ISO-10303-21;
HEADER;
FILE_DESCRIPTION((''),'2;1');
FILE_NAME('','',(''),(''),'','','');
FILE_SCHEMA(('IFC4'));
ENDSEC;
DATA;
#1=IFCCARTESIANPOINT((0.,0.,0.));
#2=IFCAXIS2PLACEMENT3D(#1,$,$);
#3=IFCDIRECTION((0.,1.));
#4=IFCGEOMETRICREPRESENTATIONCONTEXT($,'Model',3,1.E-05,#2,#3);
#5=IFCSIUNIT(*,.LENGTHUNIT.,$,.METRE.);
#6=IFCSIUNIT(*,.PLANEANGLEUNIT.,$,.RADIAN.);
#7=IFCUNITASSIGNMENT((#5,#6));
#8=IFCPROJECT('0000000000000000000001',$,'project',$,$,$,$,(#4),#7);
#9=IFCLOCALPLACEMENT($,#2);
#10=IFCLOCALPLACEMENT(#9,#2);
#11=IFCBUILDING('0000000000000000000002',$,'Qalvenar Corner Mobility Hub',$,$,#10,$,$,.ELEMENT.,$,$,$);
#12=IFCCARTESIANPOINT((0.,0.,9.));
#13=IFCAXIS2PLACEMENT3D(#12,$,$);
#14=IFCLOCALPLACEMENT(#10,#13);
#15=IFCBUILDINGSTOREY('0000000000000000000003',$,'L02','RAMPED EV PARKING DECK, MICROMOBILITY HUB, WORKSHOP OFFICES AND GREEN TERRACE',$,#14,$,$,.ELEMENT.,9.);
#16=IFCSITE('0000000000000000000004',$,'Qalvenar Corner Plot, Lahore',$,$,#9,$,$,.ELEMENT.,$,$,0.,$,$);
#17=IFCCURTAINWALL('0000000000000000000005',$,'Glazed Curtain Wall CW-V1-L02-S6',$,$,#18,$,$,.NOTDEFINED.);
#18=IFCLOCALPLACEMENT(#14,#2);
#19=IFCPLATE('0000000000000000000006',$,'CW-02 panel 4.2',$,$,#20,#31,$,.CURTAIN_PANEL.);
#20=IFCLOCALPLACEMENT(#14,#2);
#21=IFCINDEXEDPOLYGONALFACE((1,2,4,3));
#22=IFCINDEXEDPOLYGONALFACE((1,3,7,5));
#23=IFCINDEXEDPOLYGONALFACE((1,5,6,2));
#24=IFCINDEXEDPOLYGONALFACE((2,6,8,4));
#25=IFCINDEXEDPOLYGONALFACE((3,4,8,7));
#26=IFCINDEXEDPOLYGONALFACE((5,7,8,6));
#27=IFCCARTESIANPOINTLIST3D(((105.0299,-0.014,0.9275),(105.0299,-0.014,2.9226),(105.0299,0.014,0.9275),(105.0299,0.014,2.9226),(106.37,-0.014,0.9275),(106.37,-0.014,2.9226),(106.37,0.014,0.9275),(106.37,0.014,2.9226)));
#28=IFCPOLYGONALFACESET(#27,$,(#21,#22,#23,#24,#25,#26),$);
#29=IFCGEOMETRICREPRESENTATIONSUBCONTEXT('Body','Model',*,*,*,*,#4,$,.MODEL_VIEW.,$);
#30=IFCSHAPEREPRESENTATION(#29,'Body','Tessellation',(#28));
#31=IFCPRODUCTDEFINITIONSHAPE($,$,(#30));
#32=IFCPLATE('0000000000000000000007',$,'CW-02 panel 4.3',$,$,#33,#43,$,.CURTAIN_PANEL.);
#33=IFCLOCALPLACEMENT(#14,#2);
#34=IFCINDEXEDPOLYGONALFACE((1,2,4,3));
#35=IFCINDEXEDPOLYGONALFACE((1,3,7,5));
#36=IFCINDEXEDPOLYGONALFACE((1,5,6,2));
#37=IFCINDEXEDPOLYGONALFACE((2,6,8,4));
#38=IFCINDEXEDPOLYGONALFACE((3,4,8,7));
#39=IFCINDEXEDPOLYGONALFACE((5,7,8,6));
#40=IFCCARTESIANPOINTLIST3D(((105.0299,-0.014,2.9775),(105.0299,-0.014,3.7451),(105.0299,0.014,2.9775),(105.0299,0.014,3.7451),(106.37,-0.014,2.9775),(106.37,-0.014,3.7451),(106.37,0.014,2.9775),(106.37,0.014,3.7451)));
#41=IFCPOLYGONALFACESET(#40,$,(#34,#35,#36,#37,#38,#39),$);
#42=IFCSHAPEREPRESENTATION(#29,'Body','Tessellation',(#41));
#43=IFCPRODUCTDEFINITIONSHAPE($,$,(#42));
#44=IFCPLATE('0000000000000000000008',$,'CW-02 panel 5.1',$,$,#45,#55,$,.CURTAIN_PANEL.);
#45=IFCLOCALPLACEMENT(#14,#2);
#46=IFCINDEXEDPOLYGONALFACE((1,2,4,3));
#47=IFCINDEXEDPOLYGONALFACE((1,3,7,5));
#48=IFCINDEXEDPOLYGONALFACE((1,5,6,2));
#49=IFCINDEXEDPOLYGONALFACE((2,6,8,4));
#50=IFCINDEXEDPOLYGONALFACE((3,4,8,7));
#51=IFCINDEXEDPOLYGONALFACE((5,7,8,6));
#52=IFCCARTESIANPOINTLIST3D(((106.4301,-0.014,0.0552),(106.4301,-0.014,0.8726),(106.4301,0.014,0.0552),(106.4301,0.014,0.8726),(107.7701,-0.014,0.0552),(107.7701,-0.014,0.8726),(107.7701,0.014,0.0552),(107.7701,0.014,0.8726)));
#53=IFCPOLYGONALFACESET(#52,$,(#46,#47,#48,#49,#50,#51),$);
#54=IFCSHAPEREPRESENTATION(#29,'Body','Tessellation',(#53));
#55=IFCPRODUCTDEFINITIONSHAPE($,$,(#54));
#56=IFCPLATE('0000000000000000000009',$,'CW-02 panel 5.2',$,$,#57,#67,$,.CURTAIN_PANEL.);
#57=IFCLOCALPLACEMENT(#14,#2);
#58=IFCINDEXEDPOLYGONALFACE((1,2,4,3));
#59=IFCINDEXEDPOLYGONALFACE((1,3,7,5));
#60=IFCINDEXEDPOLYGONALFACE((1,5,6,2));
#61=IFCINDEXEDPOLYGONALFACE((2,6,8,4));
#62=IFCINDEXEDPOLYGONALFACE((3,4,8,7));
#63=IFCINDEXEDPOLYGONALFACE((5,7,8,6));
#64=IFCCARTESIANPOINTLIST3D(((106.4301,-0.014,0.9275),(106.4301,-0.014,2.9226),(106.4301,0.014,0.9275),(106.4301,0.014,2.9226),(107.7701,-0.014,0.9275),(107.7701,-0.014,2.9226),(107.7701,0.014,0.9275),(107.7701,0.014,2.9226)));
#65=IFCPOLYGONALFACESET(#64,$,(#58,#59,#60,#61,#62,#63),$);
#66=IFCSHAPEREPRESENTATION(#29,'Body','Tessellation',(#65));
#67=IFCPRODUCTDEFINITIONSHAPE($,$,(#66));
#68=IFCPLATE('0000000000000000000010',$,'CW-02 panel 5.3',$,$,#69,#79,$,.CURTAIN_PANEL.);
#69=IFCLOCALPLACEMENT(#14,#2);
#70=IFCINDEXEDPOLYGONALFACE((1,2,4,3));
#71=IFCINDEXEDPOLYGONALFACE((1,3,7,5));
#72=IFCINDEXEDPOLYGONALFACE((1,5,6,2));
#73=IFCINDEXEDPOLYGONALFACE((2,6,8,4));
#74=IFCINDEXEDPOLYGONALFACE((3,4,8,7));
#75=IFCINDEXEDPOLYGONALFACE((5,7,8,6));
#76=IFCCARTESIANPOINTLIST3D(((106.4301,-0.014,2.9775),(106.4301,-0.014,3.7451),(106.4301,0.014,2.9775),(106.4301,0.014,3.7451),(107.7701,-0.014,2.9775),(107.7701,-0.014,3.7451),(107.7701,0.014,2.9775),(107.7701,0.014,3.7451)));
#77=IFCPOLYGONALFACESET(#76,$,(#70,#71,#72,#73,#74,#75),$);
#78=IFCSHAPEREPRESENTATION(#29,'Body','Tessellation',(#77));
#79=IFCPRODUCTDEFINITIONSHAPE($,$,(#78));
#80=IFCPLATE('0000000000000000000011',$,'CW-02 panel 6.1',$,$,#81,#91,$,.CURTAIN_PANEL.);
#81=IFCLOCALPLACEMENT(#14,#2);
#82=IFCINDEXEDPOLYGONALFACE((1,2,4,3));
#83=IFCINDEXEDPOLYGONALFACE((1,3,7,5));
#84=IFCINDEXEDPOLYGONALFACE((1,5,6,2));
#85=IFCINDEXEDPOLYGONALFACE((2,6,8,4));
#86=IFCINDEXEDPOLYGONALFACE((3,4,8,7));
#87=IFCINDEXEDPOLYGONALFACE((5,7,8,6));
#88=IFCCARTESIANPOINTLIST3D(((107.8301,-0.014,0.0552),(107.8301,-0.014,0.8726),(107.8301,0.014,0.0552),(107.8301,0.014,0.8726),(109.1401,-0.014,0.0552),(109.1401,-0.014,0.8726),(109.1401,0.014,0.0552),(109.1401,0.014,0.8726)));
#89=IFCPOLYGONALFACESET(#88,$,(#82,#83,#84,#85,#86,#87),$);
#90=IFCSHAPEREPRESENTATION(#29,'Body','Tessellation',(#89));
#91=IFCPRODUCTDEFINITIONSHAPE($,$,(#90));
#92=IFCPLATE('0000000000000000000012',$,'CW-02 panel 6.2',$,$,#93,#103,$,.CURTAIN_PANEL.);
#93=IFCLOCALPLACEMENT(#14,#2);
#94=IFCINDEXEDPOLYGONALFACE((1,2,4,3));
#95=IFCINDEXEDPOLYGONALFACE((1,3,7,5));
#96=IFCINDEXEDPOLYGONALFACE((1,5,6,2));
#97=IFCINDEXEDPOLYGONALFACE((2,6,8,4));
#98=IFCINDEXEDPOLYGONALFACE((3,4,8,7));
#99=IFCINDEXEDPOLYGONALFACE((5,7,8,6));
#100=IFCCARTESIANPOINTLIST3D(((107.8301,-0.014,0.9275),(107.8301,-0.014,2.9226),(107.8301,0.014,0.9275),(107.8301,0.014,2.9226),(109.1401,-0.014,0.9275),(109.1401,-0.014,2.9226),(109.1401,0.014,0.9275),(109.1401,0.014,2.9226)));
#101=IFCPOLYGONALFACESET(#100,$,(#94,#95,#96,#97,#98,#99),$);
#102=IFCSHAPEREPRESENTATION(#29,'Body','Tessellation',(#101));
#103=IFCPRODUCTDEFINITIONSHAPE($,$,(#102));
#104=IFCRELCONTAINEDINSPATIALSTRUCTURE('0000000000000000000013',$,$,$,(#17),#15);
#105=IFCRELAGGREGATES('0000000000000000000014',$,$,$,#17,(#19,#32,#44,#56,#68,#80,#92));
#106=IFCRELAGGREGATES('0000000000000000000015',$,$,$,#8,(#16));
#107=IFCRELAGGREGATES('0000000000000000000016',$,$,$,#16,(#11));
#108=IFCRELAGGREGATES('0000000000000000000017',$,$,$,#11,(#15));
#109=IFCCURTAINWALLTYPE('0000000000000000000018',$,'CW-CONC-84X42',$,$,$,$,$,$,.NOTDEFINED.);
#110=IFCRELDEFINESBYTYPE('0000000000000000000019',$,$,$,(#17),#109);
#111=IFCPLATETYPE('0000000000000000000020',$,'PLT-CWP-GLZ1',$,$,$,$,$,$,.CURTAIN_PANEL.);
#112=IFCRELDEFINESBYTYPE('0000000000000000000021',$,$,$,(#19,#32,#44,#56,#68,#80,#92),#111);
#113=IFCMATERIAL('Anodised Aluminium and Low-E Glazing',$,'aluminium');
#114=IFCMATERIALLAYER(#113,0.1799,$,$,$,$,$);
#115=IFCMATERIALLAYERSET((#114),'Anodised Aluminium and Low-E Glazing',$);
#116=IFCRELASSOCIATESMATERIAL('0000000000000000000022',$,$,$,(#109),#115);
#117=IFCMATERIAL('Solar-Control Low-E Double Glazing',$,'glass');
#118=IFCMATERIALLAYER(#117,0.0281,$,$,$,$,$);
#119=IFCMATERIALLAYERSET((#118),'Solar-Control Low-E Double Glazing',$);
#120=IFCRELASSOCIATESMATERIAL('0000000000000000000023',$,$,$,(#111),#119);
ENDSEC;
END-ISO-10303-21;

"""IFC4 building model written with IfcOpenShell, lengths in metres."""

from ifc_helpers import new_model, si_unit, direction, frame, origin, origin_2d, place, context, subcontext, project, spatial, rectangle, extrude, material, layer, layer_set, type_object, element, aggregate, save


model = new_model("IFC4")

# Units and contexts
model_context = context("Model", 3, precision=1e-05, world=origin(), true_north=direction((0.0, 1.0)))
body_context = subcontext(model_context, "Body", "Model", "MODEL_VIEW")
ifc_project = project(units=[si_unit("LENGTHUNIT", "METRE"), si_unit("PLANEANGLEUNIT", "RADIAN")], contexts=[model_context])

# Site, building, storey
site_placement = place(None, origin())
site = spatial("IfcSite", under=ifc_project, at=site_placement, Name="Qalvenar Corner Plot, Lahore", CompositionType="ELEMENT", RefElevation=0.0)
building_placement = place(site_placement, origin())
building = spatial("IfcBuilding", under=site, at=building_placement, Name="Qalvenar Corner Mobility Hub", CompositionType="ELEMENT")
storey_placement = place(building_placement, frame((0.0, 0.0, 9.0)))
storey = spatial("IfcBuildingStorey", under=building, at=storey_placement, Name="L02", Description="RAMPED EV PARKING DECK, MICROMOBILITY HUB, WORKSHOP OFFICES AND GREEN TERRACE", CompositionType="ELEMENT", Elevation=9.0)

# Curtain wall, plates
ifc_material_1 = material(Name="Anodised Aluminium and Low-E Glazing", Category="aluminium")
ifc_layer_1 = layer(ifc_material_1, 0.1799)
ifc_layer_set_1 = layer_set([ifc_layer_1], Name="Anodised Aluminium and Low-E Glazing")
curtain_wall_type = type_object("IfcCurtainWallType", Name="CW-CONC-84X42", PredefinedType="NOTDEFINED", material=ifc_layer_set_1)
curtain_wall_placement = place(storey_placement, origin())
curtain_wall = element("IfcCurtainWall", 1, at=curtain_wall_placement, inside=storey, type_object=curtain_wall_type, Name="Glazed Curtain Wall CW-V1-L02-S6", PredefinedType="NOTDEFINED")
ifc_material_2 = material(Name="Solar-Control Low-E Double Glazing", Category="glass")
ifc_layer_2 = layer(ifc_material_2, 0.0281)
ifc_layer_set_2 = layer_set([ifc_layer_2], Name="Solar-Control Low-E Double Glazing")
plate_type = type_object("IfcPlateType", Name="PLT-CWP-GLZ1", PredefinedType="CURTAIN_PANEL", material=ifc_layer_set_2)
plate_1_placement = place(storey_placement, frame((105.7, 0.0, 0.9275), z_axis=(0.0, 0.0, 1.0), x_axis=(1.0, 0.0, 0.0)))
plate_1 = element("IfcPlate", 2, at=plate_1_placement, type_object=plate_type, Name="CW-02 panel 4.2", PredefinedType="CURTAIN_PANEL", context=body_context, shape_type="SweptSolid", body=[
    extrude(rectangle(XDim=1.3401, YDim=0.0281, at=origin_2d()), origin(), (0.0, 0.0, 1.0), 1.9951),
])
plate_2_placement = place(storey_placement, frame((105.7, 0.0, 2.9775), z_axis=(0.0, 0.0, 1.0), x_axis=(1.0, 0.0, 0.0)))
plate_2 = element("IfcPlate", 3, at=plate_2_placement, type_object=plate_type, Name="CW-02 panel 4.3", PredefinedType="CURTAIN_PANEL", context=body_context, shape_type="SweptSolid", body=[
    extrude(rectangle(XDim=1.3401, YDim=0.0281, at=origin_2d()), origin(), (0.0, 0.0, 1.0), 0.7676),
])
plate_3_placement = place(storey_placement, frame((107.1001, 0.0, 0.0552), z_axis=(0.0, 0.0, 1.0), x_axis=(1.0, 0.0, 0.0)))
plate_3 = element("IfcPlate", 4, at=plate_3_placement, type_object=plate_type, Name="CW-02 panel 5.1", PredefinedType="CURTAIN_PANEL", context=body_context, shape_type="SweptSolid", body=[
    extrude(rectangle(XDim=1.3401, YDim=0.0281, at=origin_2d()), origin(), (0.0, 0.0, 1.0), 0.8174),
])
plate_4_placement = place(storey_placement, frame((107.1001, 0.0, 0.9275), z_axis=(0.0, 0.0, 1.0), x_axis=(1.0, 0.0, 0.0)))
plate_4 = element("IfcPlate", 5, at=plate_4_placement, type_object=plate_type, Name="CW-02 panel 5.2", PredefinedType="CURTAIN_PANEL", context=body_context, shape_type="SweptSolid", body=[
    extrude(rectangle(XDim=1.3401, YDim=0.0281, at=origin_2d()), origin(), (0.0, 0.0, 1.0), 1.9951),
])
plate_5_placement = place(storey_placement, frame((107.1001, 0.0, 2.9775), z_axis=(0.0, 0.0, 1.0), x_axis=(1.0, 0.0, 0.0)))
plate_5 = element("IfcPlate", 6, at=plate_5_placement, type_object=plate_type, Name="CW-02 panel 5.3", PredefinedType="CURTAIN_PANEL", context=body_context, shape_type="SweptSolid", body=[
    extrude(rectangle(XDim=1.3401, YDim=0.0281, at=origin_2d()), origin(), (0.0, 0.0, 1.0), 0.7676),
])
plate_6_placement = place(storey_placement, frame((108.4851, 0.0, 0.0552), z_axis=(0.0, 0.0, 1.0), x_axis=(1.0, 0.0, 0.0)))
plate_6 = element("IfcPlate", 7, at=plate_6_placement, type_object=plate_type, Name="CW-02 panel 6.1", PredefinedType="CURTAIN_PANEL", context=body_context, shape_type="SweptSolid", body=[
    extrude(rectangle(XDim=1.3101, YDim=0.0281, at=origin_2d()), origin(), (0.0, 0.0, 1.0), 0.8174),
])
plate_7_placement = place(storey_placement, frame((108.4851, 0.0, 0.9275), z_axis=(0.0, 0.0, 1.0), x_axis=(1.0, 0.0, 0.0)))
plate_7 = element("IfcPlate", 8, at=plate_7_placement, type_object=plate_type, Name="CW-02 panel 6.2", PredefinedType="CURTAIN_PANEL", context=body_context, shape_type="SweptSolid", body=[
    extrude(rectangle(XDim=1.3101, YDim=0.0281, at=origin_2d()), origin(), (0.0, 0.0, 1.0), 1.9951),
])
aggregate(curtain_wall, [plate_1, plate_2, plate_3, plate_4, plate_5, plate_6, plate_7])

save(model, "model.ifc")
